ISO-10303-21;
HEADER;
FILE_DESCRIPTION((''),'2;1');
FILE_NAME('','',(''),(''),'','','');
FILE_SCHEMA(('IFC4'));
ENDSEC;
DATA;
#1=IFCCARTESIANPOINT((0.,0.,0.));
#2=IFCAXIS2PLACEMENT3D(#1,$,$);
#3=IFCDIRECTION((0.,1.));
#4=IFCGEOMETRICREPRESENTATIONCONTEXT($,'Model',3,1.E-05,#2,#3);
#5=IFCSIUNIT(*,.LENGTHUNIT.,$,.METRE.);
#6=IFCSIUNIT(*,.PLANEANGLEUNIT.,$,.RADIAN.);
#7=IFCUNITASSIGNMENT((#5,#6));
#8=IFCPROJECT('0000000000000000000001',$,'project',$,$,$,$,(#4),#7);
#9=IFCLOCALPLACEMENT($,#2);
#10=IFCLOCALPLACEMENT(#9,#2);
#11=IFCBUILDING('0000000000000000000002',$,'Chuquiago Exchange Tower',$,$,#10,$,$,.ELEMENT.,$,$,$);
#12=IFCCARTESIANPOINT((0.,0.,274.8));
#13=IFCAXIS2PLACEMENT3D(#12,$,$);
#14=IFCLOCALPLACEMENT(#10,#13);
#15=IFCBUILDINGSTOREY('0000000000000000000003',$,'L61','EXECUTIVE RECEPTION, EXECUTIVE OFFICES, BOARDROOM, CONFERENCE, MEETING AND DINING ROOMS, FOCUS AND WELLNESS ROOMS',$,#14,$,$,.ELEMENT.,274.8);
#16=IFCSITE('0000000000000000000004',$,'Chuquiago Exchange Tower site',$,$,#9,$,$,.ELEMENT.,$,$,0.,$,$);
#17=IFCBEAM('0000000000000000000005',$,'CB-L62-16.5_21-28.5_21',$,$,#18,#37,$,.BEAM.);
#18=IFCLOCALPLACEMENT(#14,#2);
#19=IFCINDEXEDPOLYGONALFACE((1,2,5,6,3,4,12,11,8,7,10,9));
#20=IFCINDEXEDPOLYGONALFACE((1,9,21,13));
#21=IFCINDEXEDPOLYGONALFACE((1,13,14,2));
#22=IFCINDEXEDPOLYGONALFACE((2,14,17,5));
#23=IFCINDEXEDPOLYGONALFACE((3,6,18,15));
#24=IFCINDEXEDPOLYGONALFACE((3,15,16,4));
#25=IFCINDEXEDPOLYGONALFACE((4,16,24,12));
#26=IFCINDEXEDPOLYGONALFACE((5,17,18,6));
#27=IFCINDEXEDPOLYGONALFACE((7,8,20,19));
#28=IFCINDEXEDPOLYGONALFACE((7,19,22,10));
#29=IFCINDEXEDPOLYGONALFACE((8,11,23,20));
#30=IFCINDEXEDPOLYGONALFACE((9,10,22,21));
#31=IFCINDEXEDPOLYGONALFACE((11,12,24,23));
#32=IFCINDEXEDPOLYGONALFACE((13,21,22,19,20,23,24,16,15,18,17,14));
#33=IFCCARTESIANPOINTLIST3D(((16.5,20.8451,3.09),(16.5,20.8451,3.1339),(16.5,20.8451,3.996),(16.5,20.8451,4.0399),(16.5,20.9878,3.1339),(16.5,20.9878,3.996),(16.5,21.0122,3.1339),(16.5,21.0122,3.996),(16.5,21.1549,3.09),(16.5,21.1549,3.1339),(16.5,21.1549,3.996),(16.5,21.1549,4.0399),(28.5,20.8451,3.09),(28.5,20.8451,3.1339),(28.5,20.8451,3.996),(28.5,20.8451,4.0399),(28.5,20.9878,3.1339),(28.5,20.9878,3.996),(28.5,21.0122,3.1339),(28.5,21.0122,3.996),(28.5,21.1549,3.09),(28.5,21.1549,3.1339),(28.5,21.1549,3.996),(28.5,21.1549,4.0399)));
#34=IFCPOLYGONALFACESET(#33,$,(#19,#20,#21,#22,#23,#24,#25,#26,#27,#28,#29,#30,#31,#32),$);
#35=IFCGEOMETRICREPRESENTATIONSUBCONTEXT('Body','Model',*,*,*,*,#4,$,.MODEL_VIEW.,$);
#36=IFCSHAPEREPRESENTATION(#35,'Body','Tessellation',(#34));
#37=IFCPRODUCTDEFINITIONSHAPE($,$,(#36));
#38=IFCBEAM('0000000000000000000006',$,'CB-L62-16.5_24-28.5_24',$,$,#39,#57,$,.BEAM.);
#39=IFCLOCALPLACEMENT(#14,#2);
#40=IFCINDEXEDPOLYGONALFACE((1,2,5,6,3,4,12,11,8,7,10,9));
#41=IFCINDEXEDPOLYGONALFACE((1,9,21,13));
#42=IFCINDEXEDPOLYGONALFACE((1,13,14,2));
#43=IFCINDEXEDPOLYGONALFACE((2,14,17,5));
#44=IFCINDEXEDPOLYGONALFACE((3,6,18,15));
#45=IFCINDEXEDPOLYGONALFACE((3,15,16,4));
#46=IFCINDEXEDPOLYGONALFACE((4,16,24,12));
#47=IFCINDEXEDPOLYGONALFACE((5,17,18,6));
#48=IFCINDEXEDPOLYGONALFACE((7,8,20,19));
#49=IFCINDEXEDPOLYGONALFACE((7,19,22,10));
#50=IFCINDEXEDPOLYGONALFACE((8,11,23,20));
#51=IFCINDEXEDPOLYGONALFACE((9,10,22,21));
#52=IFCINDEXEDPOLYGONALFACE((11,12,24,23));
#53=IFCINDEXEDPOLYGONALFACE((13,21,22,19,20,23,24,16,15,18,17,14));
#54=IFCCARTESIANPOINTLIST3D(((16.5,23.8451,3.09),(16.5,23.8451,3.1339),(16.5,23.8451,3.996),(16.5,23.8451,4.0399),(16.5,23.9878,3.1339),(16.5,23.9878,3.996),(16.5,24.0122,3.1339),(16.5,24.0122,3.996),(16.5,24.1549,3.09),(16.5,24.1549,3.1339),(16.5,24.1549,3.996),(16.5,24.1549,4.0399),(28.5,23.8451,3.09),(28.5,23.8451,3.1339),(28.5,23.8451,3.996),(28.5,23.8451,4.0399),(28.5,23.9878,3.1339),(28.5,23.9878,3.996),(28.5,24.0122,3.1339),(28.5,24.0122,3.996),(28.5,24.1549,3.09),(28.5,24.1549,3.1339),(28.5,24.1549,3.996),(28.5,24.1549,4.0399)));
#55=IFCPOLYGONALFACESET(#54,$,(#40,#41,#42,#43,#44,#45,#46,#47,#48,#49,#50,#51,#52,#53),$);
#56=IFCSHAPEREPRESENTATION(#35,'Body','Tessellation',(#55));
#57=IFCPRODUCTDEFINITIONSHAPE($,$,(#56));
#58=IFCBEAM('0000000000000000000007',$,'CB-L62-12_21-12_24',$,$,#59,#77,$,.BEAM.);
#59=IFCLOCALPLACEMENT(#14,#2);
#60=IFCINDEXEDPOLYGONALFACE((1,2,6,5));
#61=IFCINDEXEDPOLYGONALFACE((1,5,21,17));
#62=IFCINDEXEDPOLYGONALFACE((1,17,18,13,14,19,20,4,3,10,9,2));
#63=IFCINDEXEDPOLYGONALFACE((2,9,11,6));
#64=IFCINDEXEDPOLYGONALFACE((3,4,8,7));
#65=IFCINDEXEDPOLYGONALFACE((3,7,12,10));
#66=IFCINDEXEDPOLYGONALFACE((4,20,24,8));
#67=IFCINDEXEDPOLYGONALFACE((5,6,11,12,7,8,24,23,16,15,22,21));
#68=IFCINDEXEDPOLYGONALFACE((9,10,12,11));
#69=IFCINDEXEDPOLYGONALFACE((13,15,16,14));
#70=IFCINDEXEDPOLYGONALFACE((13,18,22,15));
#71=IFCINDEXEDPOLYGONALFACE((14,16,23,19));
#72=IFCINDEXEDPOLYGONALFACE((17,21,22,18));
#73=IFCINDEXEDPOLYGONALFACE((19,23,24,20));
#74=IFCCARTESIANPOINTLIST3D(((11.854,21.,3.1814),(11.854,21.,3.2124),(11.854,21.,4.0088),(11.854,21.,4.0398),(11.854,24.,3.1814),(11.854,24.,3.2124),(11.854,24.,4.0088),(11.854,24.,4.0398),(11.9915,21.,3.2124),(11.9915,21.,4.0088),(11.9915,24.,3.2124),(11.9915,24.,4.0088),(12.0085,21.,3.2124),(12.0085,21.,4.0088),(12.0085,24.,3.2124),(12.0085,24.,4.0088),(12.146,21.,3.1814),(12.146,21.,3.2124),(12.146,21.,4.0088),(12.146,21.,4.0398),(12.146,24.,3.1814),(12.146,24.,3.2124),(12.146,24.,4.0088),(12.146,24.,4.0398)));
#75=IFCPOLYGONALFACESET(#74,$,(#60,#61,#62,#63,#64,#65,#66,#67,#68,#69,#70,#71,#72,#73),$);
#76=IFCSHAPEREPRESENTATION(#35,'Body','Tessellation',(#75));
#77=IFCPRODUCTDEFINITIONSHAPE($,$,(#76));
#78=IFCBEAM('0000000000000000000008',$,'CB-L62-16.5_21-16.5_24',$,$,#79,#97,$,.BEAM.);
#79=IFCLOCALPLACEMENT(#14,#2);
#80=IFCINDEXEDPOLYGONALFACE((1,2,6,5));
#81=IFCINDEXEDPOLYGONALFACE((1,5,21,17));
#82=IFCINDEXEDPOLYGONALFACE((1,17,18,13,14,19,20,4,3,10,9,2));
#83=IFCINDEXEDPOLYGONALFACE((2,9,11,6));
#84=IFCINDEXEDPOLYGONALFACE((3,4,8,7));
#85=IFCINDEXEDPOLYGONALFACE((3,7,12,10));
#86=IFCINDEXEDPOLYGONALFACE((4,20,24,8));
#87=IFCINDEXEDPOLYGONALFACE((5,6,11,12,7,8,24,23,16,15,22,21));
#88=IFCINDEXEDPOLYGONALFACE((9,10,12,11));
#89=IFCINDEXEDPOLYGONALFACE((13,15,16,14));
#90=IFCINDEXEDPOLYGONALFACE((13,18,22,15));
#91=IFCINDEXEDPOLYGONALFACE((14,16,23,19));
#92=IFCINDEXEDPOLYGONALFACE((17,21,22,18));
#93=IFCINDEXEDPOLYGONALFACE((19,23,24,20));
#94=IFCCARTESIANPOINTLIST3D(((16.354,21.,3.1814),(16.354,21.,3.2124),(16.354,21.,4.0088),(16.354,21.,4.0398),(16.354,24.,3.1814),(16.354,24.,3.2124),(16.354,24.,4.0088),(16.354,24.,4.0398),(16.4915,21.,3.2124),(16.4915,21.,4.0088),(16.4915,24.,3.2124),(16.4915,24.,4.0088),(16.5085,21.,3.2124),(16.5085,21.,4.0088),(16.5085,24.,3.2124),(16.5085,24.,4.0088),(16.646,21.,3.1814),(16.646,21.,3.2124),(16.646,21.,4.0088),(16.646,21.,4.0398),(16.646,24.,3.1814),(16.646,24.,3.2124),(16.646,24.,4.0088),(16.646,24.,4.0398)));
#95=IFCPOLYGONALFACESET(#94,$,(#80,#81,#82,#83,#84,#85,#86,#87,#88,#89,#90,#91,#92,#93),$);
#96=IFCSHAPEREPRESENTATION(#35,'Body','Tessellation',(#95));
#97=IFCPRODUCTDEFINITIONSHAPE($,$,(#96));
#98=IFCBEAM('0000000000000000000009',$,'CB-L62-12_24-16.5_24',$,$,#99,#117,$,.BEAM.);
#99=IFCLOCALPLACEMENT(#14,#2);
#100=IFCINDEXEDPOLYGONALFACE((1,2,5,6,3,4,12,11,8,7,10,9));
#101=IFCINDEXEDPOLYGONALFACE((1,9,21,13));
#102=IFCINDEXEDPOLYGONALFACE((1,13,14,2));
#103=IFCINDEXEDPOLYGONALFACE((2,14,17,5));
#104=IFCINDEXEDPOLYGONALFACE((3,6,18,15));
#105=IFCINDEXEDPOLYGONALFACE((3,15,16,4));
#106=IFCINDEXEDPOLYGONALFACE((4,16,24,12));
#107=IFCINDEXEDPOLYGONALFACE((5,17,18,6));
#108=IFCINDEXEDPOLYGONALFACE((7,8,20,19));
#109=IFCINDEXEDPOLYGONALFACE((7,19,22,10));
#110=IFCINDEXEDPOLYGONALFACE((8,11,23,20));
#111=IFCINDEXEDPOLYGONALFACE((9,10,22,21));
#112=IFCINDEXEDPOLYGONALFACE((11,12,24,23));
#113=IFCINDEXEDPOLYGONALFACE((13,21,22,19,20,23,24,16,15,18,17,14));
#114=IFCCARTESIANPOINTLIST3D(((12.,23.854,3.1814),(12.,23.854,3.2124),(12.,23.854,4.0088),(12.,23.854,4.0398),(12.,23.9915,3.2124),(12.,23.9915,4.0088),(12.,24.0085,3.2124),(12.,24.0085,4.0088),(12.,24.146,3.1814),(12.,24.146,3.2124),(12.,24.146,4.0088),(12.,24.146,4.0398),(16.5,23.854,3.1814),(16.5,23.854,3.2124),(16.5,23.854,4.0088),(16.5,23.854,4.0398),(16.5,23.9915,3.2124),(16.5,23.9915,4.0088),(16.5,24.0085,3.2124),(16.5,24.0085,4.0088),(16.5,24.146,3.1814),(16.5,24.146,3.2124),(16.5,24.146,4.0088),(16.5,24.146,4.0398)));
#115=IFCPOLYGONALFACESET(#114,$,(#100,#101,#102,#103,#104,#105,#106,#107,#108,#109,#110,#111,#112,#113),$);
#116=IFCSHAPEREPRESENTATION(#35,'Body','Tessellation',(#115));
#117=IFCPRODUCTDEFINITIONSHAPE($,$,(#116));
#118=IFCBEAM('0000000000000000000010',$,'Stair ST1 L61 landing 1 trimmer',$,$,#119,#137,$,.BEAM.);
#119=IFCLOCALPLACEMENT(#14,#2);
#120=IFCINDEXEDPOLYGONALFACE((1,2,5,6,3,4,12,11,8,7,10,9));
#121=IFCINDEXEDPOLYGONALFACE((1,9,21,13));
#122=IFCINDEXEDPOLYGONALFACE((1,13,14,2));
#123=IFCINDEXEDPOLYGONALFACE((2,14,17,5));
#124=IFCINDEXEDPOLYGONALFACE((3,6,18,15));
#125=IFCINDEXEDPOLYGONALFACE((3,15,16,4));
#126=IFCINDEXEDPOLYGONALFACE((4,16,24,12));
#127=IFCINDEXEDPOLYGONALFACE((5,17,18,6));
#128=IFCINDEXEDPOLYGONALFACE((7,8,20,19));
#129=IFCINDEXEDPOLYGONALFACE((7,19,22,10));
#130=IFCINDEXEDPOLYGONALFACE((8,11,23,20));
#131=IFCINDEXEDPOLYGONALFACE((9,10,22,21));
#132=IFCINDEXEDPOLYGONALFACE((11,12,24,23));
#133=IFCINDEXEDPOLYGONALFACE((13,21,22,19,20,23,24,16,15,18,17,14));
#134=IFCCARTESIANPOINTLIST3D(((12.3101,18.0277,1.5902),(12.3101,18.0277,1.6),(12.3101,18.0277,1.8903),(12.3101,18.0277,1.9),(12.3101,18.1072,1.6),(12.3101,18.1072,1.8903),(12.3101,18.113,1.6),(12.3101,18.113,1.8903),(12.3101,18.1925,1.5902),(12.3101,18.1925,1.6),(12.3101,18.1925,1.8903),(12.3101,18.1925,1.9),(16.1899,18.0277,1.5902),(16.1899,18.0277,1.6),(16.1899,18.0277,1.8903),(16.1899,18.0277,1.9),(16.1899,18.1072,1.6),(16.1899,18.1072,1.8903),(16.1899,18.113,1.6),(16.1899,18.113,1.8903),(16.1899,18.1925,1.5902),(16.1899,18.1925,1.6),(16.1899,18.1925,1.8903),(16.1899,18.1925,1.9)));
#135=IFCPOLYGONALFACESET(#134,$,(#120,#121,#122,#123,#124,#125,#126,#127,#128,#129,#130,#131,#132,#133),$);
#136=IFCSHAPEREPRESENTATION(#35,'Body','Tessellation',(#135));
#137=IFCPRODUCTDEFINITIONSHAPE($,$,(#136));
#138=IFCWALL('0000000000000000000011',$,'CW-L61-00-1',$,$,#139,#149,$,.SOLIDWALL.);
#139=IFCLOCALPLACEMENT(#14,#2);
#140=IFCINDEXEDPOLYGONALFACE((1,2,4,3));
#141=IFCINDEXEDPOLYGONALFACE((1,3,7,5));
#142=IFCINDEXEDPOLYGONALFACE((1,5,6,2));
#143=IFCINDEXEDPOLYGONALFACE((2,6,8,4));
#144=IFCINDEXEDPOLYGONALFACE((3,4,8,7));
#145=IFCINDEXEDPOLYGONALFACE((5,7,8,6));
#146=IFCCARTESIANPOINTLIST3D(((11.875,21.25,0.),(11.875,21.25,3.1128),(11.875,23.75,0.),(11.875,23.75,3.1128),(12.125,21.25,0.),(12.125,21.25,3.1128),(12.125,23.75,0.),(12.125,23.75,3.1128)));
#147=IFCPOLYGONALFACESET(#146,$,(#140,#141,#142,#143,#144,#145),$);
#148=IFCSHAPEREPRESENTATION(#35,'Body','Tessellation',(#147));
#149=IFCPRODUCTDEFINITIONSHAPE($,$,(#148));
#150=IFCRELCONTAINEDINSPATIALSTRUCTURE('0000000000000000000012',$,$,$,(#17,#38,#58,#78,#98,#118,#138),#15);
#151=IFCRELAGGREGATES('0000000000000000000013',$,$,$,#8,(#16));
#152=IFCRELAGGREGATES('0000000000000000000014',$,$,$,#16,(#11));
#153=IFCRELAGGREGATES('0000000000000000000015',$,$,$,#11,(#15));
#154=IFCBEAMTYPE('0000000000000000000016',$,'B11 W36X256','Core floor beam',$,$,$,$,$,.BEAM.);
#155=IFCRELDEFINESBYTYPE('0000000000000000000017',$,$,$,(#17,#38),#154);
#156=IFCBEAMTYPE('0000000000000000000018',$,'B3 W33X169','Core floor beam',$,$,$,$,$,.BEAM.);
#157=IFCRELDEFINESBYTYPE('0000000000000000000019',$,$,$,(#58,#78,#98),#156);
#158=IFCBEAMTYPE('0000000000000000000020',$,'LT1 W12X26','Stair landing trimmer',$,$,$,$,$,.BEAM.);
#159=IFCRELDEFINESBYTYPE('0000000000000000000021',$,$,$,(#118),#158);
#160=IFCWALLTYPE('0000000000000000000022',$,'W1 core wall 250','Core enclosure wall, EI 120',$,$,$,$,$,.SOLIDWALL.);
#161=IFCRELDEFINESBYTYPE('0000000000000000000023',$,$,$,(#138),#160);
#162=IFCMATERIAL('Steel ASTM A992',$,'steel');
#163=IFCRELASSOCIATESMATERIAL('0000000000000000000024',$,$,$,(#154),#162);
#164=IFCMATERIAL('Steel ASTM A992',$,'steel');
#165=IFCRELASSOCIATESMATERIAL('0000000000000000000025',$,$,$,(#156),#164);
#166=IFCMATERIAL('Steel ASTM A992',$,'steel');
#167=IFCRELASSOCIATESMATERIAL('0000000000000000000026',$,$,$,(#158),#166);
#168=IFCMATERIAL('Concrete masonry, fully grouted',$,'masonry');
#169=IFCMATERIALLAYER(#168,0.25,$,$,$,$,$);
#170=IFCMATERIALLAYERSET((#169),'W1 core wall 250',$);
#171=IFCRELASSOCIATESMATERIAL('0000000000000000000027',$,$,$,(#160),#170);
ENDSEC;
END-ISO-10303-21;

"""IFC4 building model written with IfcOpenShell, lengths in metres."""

from ifc_helpers import new_model, si_unit, direction, frame, frame_2d, origin, origin_2d, place, context, subcontext, project, spatial, rectangle, i_section, extrude, material, layer, layer_set, material_profile, profile_set, type_object, element, save


model = new_model("IFC4")

# Units and contexts
model_context = context("Model", 3, precision=1e-05, world=origin(), true_north=direction((0.0, 1.0)))
body_context = subcontext(model_context, "Body", "Model", "MODEL_VIEW")
ifc_project = project(units=[si_unit("LENGTHUNIT", "METRE"), si_unit("PLANEANGLEUNIT", "RADIAN")], contexts=[model_context])

# Site, building, storey
site_placement = place(None, origin())
site = spatial("IfcSite", under=ifc_project, at=site_placement, Name="Chuquiago Exchange Tower site", CompositionType="ELEMENT", RefElevation=0.0)
building_placement = place(site_placement, origin())
building = spatial("IfcBuilding", under=site, at=building_placement, Name="Chuquiago Exchange Tower", CompositionType="ELEMENT")
storey_placement = place(building_placement, frame((0.0, 0.0, 274.8)))
storey = spatial("IfcBuildingStorey", under=building, at=storey_placement, Name="L61", Description="EXECUTIVE RECEPTION, EXECUTIVE OFFICES, BOARDROOM, CONFERENCE, MEETING AND DINING ROOMS, FOCUS AND WELLNESS ROOMS", CompositionType="ELEMENT", Elevation=274.8)

# Beams
ifc_material_1 = material(Name="Steel ASTM A992", Category="steel")
ifc_material_profile_1 = material_profile(ifc_material_1, i_section(OverallWidth=0.3098, OverallDepth=0.95, WebThickness=0.0244, FlangeThickness=0.0439, at=origin_2d()), Name="W36X256")
ifc_profile_set_1 = profile_set([ifc_material_profile_1], Name="Steel ASTM A992")
beam_type_1 = type_object("IfcBeamType", Name="B11 W36X256", Description="Core floor beam", PredefinedType="BEAM", material=ifc_profile_set_1)
for number, where, z_axis, x_axis, name in (
    (1, (16.5, 21.0, 3.5649), (1.0, 0.0, 0.0), (0.0, 1.0, 0.0), "CB-L62-16.5_21-28.5_21"),
    (2, (16.5, 24.0, 3.5649), (1.0, 0.0, 0.0), (0.0, 1.0, 0.0), "CB-L62-16.5_24-28.5_24"),
):
    element("IfcBeam", number, at=place(storey_placement, frame(where, z_axis=z_axis, x_axis=x_axis)), inside=storey, type_object=beam_type_1, Name=name, PredefinedType="BEAM", context=body_context, shape_type="SweptSolid", body=[
        extrude(i_section(OverallWidth=0.3098, OverallDepth=0.95, WebThickness=0.0244, FlangeThickness=0.0439, at=origin_2d()), origin(), (0.0, 0.0, 1.0), 12.0),
    ])
ifc_material_2 = material(Name="Steel ASTM A992", Category="steel")
ifc_material_profile_2 = material_profile(ifc_material_2, i_section(OverallWidth=0.292, OverallDepth=0.8584, WebThickness=0.0171, FlangeThickness=0.031, at=origin_2d()), Name="W33X169")
ifc_profile_set_2 = profile_set([ifc_material_profile_2], Name="Steel ASTM A992")
beam_type_2 = type_object("IfcBeamType", Name="B3 W33X169", Description="Core floor beam", PredefinedType="BEAM", material=ifc_profile_set_2)
for number, where, z_axis, x_axis, name in (
    (3, (12.0, 21.0, 3.6106), (0.0, 1.0, 0.0), (-1.0, 0.0, 0.0), "CB-L62-12_21-12_24"),
    (4, (16.5, 21.0, 3.6106), (0.0, 1.0, 0.0), (-1.0, 0.0, 0.0), "CB-L62-16.5_21-16.5_24"),
):
    element("IfcBeam", number, at=place(storey_placement, frame(where, z_axis=z_axis, x_axis=x_axis)), inside=storey, type_object=beam_type_2, Name=name, PredefinedType="BEAM", context=body_context, shape_type="SweptSolid", body=[
        extrude(i_section(OverallWidth=0.292, OverallDepth=0.8584, WebThickness=0.0171, FlangeThickness=0.031, at=origin_2d()), origin(), (0.0, 0.0, 1.0), 3.0),
    ])
beam_1_placement = place(storey_placement, frame((12.0, 24.0, 3.6106), z_axis=(1.0, 0.0, 0.0), x_axis=(0.0, 1.0, 0.0)))
element("IfcBeam", 5, at=beam_1_placement, inside=storey, type_object=beam_type_2, Name="CB-L62-12_24-16.5_24", PredefinedType="BEAM", context=body_context, shape_type="SweptSolid", body=[
    extrude(i_section(OverallWidth=0.292, OverallDepth=0.8584, WebThickness=0.0171, FlangeThickness=0.031, at=origin_2d()), origin(), (0.0, 0.0, 1.0), 4.5),
])
ifc_material_3 = material(Name="Steel ASTM A992", Category="steel")
ifc_material_profile_3 = material_profile(ifc_material_3, i_section(OverallWidth=0.1648, OverallDepth=0.3098, WebThickness=0.0059, FlangeThickness=0.0098, at=origin_2d()), Name="W12X26")
ifc_profile_set_3 = profile_set([ifc_material_profile_3], Name="Steel ASTM A992")
beam_type_3 = type_object("IfcBeamType", Name="LT1 W12X26", Description="Stair landing trimmer", PredefinedType="BEAM", material=ifc_profile_set_3)
beam_2_placement = place(storey_placement, frame((12.3101, 18.1101, 1.7451), z_axis=(1.0, 0.0, 0.0), x_axis=(0.0, 1.0, 0.0)))
element("IfcBeam", 6, at=beam_2_placement, inside=storey, type_object=beam_type_3, Name="Stair ST1 L61 landing 1 trimmer", PredefinedType="BEAM", context=body_context, shape_type="SweptSolid", body=[
    extrude(i_section(OverallWidth=0.1648, OverallDepth=0.3098, WebThickness=0.0059, FlangeThickness=0.0098, at=origin_2d()), origin(), (0.0, 0.0, 1.0), 3.8799),
])

# Wall
ifc_material_4 = material(Name="Concrete masonry, fully grouted", Category="masonry")
ifc_layer_1 = layer(ifc_material_4, 0.25)
ifc_layer_set_1 = layer_set([ifc_layer_1], Name="W1 core wall 250")
wall_type_1 = type_object("IfcWallType", Name="W1 core wall 250", Description="Core enclosure wall, EI 120", PredefinedType="SOLIDWALL", material=ifc_layer_set_1)
wall_1_placement = place(storey_placement, frame((12.0, 21.25, 0.0), z_axis=(0.0, 0.0, 1.0), x_axis=(0.0, 1.0, 0.0)))
element("IfcWall", 7, at=wall_1_placement, inside=storey, type_object=wall_type_1, Name="CW-L61-00-1", PredefinedType="SOLIDWALL", context=body_context, shape_type="SweptSolid", body=[
    extrude(rectangle(XDim=2.5, YDim=0.25, at=frame_2d((1.25, 0.0))), origin(), (0.0, 0.0, 1.0), 3.1128),
])

save(model, "model.ifc")
